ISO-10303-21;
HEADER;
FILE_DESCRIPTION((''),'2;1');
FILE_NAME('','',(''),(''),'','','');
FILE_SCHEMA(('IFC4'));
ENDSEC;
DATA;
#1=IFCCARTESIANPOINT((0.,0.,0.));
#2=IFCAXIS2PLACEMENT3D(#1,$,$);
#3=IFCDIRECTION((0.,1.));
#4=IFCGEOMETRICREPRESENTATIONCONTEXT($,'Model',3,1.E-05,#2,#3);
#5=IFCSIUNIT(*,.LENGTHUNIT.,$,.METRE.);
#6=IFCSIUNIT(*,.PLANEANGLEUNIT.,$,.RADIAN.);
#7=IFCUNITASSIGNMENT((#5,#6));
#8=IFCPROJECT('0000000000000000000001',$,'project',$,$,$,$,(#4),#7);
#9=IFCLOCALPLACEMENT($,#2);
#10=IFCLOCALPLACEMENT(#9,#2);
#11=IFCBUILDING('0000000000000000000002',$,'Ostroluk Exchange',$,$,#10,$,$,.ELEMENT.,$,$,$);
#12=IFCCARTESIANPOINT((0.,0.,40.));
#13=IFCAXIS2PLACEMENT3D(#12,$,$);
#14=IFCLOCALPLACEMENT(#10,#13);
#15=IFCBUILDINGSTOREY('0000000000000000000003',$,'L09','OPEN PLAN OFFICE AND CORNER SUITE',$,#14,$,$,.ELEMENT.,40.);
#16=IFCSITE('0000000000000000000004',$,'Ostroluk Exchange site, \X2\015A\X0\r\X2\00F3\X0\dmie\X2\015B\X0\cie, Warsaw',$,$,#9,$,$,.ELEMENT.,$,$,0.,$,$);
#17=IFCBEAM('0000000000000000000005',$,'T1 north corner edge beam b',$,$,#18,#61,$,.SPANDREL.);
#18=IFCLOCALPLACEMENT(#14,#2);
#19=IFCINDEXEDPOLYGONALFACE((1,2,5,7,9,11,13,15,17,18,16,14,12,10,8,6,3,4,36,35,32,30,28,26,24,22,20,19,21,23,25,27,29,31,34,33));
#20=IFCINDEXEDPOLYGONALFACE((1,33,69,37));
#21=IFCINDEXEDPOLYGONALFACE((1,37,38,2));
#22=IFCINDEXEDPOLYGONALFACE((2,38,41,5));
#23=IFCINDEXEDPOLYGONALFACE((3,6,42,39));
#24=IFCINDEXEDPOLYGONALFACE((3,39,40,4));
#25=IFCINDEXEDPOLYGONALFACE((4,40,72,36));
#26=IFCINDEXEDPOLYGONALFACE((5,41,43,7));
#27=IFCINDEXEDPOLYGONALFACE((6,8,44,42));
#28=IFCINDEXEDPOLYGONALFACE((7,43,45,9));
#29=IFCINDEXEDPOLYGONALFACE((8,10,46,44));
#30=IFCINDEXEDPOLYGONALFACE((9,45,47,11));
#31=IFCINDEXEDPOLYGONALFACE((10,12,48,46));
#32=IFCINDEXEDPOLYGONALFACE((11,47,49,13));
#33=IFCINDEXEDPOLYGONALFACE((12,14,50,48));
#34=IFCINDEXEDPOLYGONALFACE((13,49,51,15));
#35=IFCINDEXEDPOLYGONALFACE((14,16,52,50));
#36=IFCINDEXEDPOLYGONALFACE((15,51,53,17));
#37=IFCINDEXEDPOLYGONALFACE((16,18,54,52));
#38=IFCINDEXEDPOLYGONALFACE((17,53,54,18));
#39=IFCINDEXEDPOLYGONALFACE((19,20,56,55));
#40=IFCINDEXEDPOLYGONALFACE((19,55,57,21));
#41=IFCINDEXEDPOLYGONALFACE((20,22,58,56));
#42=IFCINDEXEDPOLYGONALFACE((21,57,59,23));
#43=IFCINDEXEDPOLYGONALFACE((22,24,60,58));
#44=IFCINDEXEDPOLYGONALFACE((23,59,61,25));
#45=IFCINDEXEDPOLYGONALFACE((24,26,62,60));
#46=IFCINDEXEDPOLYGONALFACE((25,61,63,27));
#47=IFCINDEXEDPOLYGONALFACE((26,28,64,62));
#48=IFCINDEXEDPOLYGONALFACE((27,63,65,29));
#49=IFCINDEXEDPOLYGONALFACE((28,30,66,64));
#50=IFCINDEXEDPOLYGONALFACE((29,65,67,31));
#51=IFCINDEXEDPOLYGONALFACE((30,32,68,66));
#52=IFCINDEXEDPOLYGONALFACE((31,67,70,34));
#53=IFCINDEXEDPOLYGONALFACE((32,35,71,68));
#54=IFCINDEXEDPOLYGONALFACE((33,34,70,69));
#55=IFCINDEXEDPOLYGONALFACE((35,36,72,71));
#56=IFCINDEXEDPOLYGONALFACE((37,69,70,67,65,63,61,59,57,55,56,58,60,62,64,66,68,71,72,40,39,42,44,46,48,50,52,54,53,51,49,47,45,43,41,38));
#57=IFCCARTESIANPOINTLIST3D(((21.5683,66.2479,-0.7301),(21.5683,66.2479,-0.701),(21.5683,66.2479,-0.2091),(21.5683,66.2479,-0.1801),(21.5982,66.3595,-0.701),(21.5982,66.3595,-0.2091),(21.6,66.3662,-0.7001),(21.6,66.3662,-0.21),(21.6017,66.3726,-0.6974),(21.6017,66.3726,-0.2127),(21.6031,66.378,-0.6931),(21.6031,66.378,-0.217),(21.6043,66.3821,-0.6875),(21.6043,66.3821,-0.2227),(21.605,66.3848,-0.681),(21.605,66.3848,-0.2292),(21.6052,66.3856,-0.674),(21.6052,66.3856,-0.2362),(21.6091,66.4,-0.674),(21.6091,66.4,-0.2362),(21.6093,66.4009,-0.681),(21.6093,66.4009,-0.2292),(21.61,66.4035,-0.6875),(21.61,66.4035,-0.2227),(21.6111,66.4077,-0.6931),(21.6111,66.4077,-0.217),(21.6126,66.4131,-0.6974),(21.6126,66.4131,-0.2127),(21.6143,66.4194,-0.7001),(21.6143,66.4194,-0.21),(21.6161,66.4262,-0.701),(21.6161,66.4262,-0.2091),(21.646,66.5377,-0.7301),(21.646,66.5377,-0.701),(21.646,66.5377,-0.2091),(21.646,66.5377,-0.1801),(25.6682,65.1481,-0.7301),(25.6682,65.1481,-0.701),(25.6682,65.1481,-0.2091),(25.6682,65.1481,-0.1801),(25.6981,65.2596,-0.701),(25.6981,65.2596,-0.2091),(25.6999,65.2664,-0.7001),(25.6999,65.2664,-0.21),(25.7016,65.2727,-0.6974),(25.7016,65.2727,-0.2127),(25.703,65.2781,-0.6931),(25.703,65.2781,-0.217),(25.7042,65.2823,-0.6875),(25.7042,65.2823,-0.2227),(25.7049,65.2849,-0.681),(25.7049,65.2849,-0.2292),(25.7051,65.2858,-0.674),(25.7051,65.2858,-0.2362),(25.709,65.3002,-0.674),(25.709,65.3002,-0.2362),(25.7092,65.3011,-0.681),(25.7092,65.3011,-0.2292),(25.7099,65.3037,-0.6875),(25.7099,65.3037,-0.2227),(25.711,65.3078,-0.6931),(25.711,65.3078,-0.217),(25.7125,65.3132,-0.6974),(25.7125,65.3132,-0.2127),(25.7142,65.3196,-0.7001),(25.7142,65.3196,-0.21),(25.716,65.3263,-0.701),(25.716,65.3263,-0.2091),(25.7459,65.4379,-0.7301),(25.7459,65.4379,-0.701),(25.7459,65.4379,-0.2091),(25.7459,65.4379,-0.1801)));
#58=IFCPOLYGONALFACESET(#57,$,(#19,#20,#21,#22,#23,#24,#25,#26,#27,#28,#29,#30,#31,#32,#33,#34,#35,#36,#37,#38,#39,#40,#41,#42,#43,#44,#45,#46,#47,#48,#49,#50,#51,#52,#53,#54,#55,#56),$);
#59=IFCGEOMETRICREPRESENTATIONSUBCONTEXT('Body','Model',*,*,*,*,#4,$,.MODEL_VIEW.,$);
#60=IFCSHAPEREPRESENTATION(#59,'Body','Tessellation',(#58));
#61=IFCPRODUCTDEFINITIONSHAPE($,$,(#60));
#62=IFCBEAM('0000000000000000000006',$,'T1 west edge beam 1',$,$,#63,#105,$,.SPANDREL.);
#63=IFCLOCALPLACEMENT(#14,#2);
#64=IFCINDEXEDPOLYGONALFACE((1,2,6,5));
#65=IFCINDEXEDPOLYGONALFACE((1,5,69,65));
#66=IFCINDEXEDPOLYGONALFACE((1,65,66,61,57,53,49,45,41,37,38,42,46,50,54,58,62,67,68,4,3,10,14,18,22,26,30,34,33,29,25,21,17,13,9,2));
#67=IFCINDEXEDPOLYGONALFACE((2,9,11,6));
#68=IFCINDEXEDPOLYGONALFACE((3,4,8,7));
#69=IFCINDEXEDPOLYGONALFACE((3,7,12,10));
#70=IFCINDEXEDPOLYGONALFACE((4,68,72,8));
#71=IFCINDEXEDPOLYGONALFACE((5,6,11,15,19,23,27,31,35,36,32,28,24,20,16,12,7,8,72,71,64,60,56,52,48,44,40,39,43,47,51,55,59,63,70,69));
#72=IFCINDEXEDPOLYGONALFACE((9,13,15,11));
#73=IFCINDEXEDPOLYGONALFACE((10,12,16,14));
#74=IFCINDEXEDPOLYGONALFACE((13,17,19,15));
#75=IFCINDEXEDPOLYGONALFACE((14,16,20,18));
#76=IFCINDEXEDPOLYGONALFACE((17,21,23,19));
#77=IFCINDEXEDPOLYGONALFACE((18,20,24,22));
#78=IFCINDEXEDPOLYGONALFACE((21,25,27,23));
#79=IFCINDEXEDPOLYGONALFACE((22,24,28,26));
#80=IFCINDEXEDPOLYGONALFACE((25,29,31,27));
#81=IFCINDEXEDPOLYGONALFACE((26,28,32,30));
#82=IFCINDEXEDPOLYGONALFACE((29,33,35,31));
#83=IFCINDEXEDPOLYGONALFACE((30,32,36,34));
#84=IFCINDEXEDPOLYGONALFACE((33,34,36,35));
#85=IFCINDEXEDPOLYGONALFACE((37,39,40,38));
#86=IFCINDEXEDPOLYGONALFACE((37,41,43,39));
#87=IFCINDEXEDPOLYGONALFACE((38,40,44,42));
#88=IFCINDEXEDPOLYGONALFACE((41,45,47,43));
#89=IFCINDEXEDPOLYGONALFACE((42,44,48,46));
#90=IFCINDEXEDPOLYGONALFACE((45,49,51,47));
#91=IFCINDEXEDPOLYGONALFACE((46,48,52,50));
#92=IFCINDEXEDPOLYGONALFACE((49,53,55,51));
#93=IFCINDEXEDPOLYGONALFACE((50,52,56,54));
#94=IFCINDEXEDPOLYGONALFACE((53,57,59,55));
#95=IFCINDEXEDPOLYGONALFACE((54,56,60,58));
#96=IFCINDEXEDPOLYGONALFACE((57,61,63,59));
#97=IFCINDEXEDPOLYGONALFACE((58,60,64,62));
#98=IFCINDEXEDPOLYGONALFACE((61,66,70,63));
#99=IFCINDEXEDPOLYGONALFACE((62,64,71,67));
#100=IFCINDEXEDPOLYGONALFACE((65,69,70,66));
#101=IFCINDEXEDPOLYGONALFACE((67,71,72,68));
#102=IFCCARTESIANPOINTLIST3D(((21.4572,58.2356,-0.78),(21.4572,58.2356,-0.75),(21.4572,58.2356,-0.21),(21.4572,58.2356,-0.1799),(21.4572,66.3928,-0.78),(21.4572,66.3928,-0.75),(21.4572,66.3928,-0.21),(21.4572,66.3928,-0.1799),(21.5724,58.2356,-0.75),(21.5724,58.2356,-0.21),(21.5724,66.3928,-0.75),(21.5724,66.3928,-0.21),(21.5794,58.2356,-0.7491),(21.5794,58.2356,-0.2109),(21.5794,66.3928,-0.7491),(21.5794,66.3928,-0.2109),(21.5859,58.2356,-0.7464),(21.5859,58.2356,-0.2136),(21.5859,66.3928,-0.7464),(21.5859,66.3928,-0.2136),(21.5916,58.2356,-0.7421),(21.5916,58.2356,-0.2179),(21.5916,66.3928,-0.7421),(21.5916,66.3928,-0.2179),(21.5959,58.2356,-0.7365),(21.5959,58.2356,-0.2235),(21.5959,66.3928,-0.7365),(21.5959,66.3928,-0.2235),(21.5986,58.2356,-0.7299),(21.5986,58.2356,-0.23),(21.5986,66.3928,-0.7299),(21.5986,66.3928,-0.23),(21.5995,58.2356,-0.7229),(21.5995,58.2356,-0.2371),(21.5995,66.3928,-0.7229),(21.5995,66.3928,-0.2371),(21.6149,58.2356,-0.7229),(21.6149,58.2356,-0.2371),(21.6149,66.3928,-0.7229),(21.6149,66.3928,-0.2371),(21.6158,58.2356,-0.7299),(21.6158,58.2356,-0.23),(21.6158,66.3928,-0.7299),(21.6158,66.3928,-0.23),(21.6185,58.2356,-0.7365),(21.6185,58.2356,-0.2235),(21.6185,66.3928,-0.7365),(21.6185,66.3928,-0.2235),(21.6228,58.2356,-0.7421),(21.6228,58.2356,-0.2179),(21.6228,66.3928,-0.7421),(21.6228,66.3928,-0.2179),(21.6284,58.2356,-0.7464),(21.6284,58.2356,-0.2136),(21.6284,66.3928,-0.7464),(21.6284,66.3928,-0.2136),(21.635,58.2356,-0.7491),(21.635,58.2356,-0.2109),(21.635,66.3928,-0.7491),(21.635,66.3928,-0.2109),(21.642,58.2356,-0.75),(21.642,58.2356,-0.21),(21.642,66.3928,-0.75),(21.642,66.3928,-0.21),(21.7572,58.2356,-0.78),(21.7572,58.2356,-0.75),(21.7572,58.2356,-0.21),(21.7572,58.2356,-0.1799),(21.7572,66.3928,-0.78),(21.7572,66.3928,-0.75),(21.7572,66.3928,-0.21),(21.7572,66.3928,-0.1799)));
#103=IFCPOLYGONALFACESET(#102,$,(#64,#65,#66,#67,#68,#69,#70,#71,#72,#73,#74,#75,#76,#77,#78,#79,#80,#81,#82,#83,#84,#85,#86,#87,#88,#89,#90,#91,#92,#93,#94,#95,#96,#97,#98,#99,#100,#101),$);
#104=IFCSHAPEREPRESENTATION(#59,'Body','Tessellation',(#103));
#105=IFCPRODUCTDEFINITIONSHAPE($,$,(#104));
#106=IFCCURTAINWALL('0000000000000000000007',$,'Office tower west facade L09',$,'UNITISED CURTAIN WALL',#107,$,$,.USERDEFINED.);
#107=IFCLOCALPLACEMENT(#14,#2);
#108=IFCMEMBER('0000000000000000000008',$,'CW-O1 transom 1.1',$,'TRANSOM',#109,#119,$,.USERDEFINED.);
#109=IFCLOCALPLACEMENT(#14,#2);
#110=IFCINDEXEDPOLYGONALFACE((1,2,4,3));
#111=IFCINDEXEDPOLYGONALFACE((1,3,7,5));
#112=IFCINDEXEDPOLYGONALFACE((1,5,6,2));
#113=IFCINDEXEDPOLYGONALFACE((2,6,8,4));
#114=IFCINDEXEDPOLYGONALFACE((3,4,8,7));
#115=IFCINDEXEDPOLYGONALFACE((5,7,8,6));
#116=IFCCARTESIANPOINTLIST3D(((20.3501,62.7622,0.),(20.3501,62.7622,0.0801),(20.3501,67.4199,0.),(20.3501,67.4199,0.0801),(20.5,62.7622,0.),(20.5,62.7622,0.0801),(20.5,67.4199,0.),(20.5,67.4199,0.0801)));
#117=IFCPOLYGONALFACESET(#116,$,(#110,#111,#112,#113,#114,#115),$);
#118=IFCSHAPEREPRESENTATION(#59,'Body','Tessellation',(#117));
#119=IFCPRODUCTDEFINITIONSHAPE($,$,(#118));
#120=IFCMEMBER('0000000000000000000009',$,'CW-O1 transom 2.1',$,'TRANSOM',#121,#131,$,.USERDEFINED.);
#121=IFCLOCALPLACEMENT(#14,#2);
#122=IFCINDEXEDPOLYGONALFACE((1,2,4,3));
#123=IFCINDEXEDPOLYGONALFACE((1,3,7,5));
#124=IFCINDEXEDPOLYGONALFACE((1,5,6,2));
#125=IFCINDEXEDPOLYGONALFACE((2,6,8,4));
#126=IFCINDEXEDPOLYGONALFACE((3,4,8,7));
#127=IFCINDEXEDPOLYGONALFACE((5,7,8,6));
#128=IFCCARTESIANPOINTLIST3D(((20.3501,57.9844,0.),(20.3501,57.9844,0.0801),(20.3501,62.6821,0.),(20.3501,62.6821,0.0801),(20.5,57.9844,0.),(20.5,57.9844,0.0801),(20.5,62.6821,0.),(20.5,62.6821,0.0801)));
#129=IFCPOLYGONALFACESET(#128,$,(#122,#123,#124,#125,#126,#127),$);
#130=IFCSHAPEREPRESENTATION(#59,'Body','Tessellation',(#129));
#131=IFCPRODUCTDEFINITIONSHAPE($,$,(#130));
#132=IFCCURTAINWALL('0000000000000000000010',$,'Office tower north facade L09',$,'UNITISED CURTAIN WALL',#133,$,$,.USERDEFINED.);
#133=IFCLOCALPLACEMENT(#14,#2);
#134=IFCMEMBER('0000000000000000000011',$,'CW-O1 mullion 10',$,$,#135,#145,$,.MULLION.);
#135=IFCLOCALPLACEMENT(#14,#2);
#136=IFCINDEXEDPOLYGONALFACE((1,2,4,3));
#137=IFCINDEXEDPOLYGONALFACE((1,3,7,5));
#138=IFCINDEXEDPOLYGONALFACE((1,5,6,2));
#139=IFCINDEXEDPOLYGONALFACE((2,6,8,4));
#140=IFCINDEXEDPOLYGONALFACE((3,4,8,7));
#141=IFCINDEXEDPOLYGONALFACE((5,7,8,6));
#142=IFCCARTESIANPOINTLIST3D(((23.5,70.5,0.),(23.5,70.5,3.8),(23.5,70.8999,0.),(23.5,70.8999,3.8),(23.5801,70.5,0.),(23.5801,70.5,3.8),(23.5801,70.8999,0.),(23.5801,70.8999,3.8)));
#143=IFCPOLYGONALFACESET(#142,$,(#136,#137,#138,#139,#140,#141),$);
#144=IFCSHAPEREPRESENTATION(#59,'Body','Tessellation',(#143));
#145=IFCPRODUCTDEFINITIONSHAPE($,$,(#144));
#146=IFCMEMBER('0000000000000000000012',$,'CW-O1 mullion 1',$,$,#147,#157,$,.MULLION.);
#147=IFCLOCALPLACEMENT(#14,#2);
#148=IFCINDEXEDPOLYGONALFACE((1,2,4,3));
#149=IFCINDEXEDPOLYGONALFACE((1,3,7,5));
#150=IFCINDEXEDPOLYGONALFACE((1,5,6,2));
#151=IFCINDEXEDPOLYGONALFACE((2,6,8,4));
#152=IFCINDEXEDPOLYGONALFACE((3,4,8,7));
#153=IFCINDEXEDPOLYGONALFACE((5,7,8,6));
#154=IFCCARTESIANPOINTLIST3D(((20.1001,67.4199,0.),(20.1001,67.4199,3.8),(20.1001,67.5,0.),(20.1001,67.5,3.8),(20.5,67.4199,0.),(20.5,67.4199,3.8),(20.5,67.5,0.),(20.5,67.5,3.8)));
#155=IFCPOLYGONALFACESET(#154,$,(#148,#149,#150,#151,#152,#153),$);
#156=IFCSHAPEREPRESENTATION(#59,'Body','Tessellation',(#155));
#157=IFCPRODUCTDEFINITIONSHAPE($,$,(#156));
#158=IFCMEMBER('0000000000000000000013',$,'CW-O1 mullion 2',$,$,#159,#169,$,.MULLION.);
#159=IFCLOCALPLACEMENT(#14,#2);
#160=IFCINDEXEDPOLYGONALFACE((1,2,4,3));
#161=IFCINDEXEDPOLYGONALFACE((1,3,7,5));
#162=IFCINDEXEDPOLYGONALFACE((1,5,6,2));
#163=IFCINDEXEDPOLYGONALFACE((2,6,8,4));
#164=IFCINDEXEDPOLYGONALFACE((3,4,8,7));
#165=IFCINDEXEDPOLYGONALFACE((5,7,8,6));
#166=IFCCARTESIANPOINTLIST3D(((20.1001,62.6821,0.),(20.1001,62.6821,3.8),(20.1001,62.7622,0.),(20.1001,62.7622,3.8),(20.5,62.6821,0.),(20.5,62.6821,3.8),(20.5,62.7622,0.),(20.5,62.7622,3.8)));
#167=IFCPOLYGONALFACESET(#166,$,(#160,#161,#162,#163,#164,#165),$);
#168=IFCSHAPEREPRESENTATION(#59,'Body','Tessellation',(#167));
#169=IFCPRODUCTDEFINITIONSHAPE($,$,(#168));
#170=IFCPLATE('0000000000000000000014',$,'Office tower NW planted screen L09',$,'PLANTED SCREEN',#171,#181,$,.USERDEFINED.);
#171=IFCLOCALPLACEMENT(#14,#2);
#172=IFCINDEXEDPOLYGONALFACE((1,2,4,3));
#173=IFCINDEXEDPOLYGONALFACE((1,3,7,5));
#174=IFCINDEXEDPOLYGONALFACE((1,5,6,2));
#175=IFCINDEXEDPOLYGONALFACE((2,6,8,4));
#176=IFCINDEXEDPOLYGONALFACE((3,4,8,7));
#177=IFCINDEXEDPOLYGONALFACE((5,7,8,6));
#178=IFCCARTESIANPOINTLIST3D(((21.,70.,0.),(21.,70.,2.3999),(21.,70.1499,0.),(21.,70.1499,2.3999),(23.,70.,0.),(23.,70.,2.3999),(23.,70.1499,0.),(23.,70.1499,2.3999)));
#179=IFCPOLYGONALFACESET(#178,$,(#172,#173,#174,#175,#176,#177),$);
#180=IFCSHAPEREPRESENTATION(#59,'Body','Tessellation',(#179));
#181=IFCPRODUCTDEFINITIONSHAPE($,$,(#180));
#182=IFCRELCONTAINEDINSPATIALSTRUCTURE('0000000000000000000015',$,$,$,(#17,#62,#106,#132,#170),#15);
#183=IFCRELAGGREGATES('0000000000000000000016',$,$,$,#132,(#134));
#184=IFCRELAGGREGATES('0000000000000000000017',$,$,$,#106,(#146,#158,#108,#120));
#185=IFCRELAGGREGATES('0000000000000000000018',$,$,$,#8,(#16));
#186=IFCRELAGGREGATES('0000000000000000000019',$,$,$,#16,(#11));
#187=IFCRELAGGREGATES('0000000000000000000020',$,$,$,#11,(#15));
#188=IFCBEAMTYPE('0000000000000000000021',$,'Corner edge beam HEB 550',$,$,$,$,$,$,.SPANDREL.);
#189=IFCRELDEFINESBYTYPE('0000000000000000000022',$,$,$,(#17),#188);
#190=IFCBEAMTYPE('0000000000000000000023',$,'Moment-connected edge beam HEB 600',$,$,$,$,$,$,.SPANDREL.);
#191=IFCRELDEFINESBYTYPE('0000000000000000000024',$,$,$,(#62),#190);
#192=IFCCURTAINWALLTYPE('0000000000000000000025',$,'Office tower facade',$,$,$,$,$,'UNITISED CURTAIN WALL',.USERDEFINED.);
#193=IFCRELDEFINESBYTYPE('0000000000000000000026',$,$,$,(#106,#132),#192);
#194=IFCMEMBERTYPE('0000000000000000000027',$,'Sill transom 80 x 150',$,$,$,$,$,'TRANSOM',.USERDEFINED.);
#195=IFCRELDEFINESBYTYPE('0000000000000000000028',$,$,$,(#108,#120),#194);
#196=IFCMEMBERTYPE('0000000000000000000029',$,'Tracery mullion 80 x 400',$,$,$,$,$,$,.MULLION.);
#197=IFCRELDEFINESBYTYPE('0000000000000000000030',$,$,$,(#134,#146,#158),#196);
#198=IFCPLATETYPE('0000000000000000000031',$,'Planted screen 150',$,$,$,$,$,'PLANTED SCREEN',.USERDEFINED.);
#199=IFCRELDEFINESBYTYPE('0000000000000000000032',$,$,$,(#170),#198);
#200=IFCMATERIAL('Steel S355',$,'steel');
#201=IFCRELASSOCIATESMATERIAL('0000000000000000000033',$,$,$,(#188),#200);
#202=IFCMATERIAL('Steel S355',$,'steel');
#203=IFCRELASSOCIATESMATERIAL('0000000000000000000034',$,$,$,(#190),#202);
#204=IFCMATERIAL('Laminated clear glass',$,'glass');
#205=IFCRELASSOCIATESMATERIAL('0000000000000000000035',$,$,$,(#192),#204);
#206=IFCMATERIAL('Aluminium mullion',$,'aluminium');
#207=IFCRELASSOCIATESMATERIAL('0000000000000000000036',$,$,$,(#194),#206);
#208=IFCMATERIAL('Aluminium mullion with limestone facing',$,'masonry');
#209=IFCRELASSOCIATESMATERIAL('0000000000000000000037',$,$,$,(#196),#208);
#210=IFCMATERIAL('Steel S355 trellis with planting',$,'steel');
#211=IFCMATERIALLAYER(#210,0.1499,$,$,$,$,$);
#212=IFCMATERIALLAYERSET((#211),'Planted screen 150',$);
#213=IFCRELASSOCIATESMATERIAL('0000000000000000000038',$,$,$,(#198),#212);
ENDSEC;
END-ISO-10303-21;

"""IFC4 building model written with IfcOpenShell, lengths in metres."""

from ifc_helpers import new_model, si_unit, direction, frame, origin, origin_2d, place, context, subcontext, project, spatial, rectangle, i_section, extrude, material, layer, layer_set, material_profile, profile_set, type_object, element, aggregate, save


model = new_model("IFC4")

# Units and contexts
model_context = context("Model", 3, precision=1e-05, world=origin(), true_north=direction((0.0, 1.0)))
body_context = subcontext(model_context, "Body", "Model", "MODEL_VIEW")
ifc_project = project(units=[si_unit("LENGTHUNIT", "METRE"), si_unit("PLANEANGLEUNIT", "RADIAN")], contexts=[model_context])

# Site, building, storey
site_placement = place(None, origin())
site = spatial("IfcSite", under=ifc_project, at=site_placement, Name="Ostroluk Exchange site, Śródmieście, Warsaw", CompositionType="ELEMENT", RefElevation=0.0)
building_placement = place(site_placement, origin())
building = spatial("IfcBuilding", under=site, at=building_placement, Name="Ostroluk Exchange", CompositionType="ELEMENT")
storey_placement = place(building_placement, frame((0.0, 0.0, 40.0)))
storey = spatial("IfcBuildingStorey", under=building, at=storey_placement, Name="L09", Description="OPEN PLAN OFFICE AND CORNER SUITE", CompositionType="ELEMENT", Elevation=40.0)

# Beams
ifc_material_1 = material(Name="Steel S355", Category="steel")
ifc_material_profile_1 = material_profile(ifc_material_1, i_section(OverallWidth=0.3, OverallDepth=0.55, WebThickness=0.0149, FlangeThickness=0.0291, FilletRadius=0.0271, at=origin_2d()), Name="HEB 550")
ifc_profile_set_1 = profile_set([ifc_material_profile_1], Name="Steel S355")
beam_type_1 = type_object("IfcBeamType", Name="Corner edge beam HEB 550", PredefinedType="SPANDREL", material=ifc_profile_set_1)
for number, where, z_axis, x_axis, name in (
    (1, (25.707, 65.293, -0.4551), (-0.965849, 0.259105, 0.0), (-0.259105, -0.965849, 0.0), "T1 north corner edge beam b"),
):
    element("IfcBeam", number, at=place(storey_placement, frame(where, z_axis=z_axis, x_axis=x_axis)), inside=storey, type_object=beam_type_1, Name=name, PredefinedType="SPANDREL", context=body_context, shape_type="SweptSolid", body=[
        extrude(i_section(OverallWidth=0.3, OverallDepth=0.55, WebThickness=0.0149, FlangeThickness=0.0291, FilletRadius=0.0271, at=origin_2d()), origin(), (0.0, 0.0, 1.0), 4.2449),
    ])
ifc_material_2 = material(Name="Steel S355", Category="steel")
ifc_material_profile_2 = material_profile(ifc_material_2, i_section(OverallWidth=0.3, OverallDepth=0.6001, WebThickness=0.0154, FlangeThickness=0.03, FilletRadius=0.0271, at=origin_2d()), Name="HEB 600")
ifc_profile_set_2 = profile_set([ifc_material_profile_2], Name="Steel S355")
beam_type_2 = type_object("IfcBeamType", Name="Moment-connected edge beam HEB 600", PredefinedType="SPANDREL", material=ifc_profile_set_2)
beam_1_placement = place(storey_placement, frame((21.6072, 66.3928, -0.48), z_axis=(0.0, -1.0, 0.0), x_axis=(1.0, 0.0, 0.0)))
element("IfcBeam", 2, at=beam_1_placement, inside=storey, type_object=beam_type_2, Name="T1 west edge beam 1", PredefinedType="SPANDREL", context=body_context, shape_type="SweptSolid", body=[
    extrude(i_section(OverallWidth=0.3, OverallDepth=0.6001, WebThickness=0.0154, FlangeThickness=0.03, FilletRadius=0.0271, at=origin_2d()), origin(), (0.0, 0.0, 1.0), 8.1572),
])

# Curtain wall, members
ifc_material_3 = material(Name="Laminated clear glass", Category="glass")
curtain_wall_type = type_object("IfcCurtainWallType", Name="Office tower facade", ElementType="UNITISED CURTAIN WALL", PredefinedType="USERDEFINED", material=ifc_material_3)
curtain_wall_1_placement = place(storey_placement, origin())
curtain_wall_1 = element("IfcCurtainWall", 3, at=curtain_wall_1_placement, inside=storey, type_object=curtain_wall_type, Name="Office tower west facade L09", ObjectType="UNITISED CURTAIN WALL", PredefinedType="USERDEFINED")
ifc_material_4 = material(Name="Aluminium mullion", Category="aluminium")
ifc_material_profile_3 = material_profile(ifc_material_4, rectangle(XDim=0.1499, YDim=0.0801, at=origin_2d()), Name="Sill transom 80 x 150")
ifc_profile_set_3 = profile_set([ifc_material_profile_3], Name="Aluminium mullion")
member_type_1 = type_object("IfcMemberType", Name="Sill transom 80 x 150", ElementType="TRANSOM", PredefinedType="USERDEFINED", material=ifc_profile_set_3)
member_1_placement = place(storey_placement, frame((20.425, 67.4199, 0.04), z_axis=(0.0, -1.0, 0.0), x_axis=(1.0, 0.0, 0.0)))
member_1 = element("IfcMember", 4, at=member_1_placement, type_object=member_type_1, Name="CW-O1 transom 1.1", ObjectType="TRANSOM", PredefinedType="USERDEFINED", context=body_context, shape_type="SweptSolid", body=[
    extrude(rectangle(XDim=0.1499, YDim=0.0801, at=origin_2d()), origin(), (0.0, 0.0, 1.0), 4.6577),
])
member_2_placement = place(storey_placement, frame((20.425, 62.6821, 0.04), z_axis=(0.0, -1.0, 0.0), x_axis=(1.0, 0.0, 0.0)))
member_2 = element("IfcMember", 5, at=member_2_placement, type_object=member_type_1, Name="CW-O1 transom 2.1", ObjectType="TRANSOM", PredefinedType="USERDEFINED", context=body_context, shape_type="SweptSolid", body=[
    extrude(rectangle(XDim=0.1499, YDim=0.0801, at=origin_2d()), origin(), (0.0, 0.0, 1.0), 4.6978),
])

# Curtain wall, member
curtain_wall_2_placement = place(storey_placement, origin())
curtain_wall_2 = element("IfcCurtainWall", 6, at=curtain_wall_2_placement, inside=storey, type_object=curtain_wall_type, Name="Office tower north facade L09", ObjectType="UNITISED CURTAIN WALL", PredefinedType="USERDEFINED")
ifc_material_5 = material(Name="Aluminium mullion with limestone facing", Category="masonry")
ifc_material_profile_4 = material_profile(ifc_material_5, rectangle(XDim=0.3999, YDim=0.0801, at=origin_2d()), Name="Tracery mullion 80 x 400")
ifc_profile_set_4 = profile_set([ifc_material_profile_4], Name="Aluminium mullion with limestone facing")
member_type_2 = type_object("IfcMemberType", Name="Tracery mullion 80 x 400", PredefinedType="MULLION", material=ifc_profile_set_4)
member_3_placement = place(storey_placement, frame((23.54, 70.7, 0.0), z_axis=(0.0, 0.0, 1.0), x_axis=(0.0, -1.0, 0.0)))
member_3 = element("IfcMember", 7, at=member_3_placement, type_object=member_type_2, Name="CW-O1 mullion 10", PredefinedType="MULLION", context=body_context, shape_type="SweptSolid", body=[
    extrude(rectangle(XDim=0.3999, YDim=0.0801, at=origin_2d()), origin(), (0.0, 0.0, 1.0), 3.8),
])

# Members
member_4_placement = place(storey_placement, frame((20.3, 67.46, 0.0), z_axis=(0.0, 0.0, 1.0), x_axis=(1.0, 0.0, 0.0)))
member_4 = element("IfcMember", 8, at=member_4_placement, type_object=member_type_2, Name="CW-O1 mullion 1", PredefinedType="MULLION", context=body_context, shape_type="SweptSolid", body=[
    extrude(rectangle(XDim=0.3999, YDim=0.0801, at=origin_2d()), origin(), (0.0, 0.0, 1.0), 3.8),
])
member_5_placement = place(storey_placement, frame((20.3, 62.7222, 0.0), z_axis=(0.0, 0.0, 1.0), x_axis=(1.0, 0.0, 0.0)))
member_5 = element("IfcMember", 9, at=member_5_placement, type_object=member_type_2, Name="CW-O1 mullion 2", PredefinedType="MULLION", context=body_context, shape_type="SweptSolid", body=[
    extrude(rectangle(XDim=0.3999, YDim=0.0801, at=origin_2d()), origin(), (0.0, 0.0, 1.0), 3.8),
])

# Plate
ifc_material_6 = material(Name="Steel S355 trellis with planting", Category="steel")
ifc_layer_1 = layer(ifc_material_6, 0.1499)
ifc_layer_set_1 = layer_set([ifc_layer_1], Name="Planted screen 150")
plate_type_1 = type_object("IfcPlateType", Name="Planted screen 150", ElementType="PLANTED SCREEN", PredefinedType="USERDEFINED", material=ifc_layer_set_1)
plate_1_placement = place(storey_placement, frame((22.0, 70.075, 0.0), z_axis=(0.0, 0.0, 1.0), x_axis=(1.0, 0.0, 0.0)))
element("IfcPlate", 10, at=plate_1_placement, inside=storey, type_object=plate_type_1, Name="Office tower NW planted screen L09", ObjectType="PLANTED SCREEN", PredefinedType="USERDEFINED", context=body_context, shape_type="SweptSolid", body=[
    extrude(rectangle(XDim=2.0, YDim=0.1499, at=origin_2d()), origin(), (0.0, 0.0, 1.0), 2.3999),
])
aggregate(curtain_wall_2, [member_3])
aggregate(curtain_wall_1, [member_4, member_5, member_1, member_2])

save(model, "model.ifc")
